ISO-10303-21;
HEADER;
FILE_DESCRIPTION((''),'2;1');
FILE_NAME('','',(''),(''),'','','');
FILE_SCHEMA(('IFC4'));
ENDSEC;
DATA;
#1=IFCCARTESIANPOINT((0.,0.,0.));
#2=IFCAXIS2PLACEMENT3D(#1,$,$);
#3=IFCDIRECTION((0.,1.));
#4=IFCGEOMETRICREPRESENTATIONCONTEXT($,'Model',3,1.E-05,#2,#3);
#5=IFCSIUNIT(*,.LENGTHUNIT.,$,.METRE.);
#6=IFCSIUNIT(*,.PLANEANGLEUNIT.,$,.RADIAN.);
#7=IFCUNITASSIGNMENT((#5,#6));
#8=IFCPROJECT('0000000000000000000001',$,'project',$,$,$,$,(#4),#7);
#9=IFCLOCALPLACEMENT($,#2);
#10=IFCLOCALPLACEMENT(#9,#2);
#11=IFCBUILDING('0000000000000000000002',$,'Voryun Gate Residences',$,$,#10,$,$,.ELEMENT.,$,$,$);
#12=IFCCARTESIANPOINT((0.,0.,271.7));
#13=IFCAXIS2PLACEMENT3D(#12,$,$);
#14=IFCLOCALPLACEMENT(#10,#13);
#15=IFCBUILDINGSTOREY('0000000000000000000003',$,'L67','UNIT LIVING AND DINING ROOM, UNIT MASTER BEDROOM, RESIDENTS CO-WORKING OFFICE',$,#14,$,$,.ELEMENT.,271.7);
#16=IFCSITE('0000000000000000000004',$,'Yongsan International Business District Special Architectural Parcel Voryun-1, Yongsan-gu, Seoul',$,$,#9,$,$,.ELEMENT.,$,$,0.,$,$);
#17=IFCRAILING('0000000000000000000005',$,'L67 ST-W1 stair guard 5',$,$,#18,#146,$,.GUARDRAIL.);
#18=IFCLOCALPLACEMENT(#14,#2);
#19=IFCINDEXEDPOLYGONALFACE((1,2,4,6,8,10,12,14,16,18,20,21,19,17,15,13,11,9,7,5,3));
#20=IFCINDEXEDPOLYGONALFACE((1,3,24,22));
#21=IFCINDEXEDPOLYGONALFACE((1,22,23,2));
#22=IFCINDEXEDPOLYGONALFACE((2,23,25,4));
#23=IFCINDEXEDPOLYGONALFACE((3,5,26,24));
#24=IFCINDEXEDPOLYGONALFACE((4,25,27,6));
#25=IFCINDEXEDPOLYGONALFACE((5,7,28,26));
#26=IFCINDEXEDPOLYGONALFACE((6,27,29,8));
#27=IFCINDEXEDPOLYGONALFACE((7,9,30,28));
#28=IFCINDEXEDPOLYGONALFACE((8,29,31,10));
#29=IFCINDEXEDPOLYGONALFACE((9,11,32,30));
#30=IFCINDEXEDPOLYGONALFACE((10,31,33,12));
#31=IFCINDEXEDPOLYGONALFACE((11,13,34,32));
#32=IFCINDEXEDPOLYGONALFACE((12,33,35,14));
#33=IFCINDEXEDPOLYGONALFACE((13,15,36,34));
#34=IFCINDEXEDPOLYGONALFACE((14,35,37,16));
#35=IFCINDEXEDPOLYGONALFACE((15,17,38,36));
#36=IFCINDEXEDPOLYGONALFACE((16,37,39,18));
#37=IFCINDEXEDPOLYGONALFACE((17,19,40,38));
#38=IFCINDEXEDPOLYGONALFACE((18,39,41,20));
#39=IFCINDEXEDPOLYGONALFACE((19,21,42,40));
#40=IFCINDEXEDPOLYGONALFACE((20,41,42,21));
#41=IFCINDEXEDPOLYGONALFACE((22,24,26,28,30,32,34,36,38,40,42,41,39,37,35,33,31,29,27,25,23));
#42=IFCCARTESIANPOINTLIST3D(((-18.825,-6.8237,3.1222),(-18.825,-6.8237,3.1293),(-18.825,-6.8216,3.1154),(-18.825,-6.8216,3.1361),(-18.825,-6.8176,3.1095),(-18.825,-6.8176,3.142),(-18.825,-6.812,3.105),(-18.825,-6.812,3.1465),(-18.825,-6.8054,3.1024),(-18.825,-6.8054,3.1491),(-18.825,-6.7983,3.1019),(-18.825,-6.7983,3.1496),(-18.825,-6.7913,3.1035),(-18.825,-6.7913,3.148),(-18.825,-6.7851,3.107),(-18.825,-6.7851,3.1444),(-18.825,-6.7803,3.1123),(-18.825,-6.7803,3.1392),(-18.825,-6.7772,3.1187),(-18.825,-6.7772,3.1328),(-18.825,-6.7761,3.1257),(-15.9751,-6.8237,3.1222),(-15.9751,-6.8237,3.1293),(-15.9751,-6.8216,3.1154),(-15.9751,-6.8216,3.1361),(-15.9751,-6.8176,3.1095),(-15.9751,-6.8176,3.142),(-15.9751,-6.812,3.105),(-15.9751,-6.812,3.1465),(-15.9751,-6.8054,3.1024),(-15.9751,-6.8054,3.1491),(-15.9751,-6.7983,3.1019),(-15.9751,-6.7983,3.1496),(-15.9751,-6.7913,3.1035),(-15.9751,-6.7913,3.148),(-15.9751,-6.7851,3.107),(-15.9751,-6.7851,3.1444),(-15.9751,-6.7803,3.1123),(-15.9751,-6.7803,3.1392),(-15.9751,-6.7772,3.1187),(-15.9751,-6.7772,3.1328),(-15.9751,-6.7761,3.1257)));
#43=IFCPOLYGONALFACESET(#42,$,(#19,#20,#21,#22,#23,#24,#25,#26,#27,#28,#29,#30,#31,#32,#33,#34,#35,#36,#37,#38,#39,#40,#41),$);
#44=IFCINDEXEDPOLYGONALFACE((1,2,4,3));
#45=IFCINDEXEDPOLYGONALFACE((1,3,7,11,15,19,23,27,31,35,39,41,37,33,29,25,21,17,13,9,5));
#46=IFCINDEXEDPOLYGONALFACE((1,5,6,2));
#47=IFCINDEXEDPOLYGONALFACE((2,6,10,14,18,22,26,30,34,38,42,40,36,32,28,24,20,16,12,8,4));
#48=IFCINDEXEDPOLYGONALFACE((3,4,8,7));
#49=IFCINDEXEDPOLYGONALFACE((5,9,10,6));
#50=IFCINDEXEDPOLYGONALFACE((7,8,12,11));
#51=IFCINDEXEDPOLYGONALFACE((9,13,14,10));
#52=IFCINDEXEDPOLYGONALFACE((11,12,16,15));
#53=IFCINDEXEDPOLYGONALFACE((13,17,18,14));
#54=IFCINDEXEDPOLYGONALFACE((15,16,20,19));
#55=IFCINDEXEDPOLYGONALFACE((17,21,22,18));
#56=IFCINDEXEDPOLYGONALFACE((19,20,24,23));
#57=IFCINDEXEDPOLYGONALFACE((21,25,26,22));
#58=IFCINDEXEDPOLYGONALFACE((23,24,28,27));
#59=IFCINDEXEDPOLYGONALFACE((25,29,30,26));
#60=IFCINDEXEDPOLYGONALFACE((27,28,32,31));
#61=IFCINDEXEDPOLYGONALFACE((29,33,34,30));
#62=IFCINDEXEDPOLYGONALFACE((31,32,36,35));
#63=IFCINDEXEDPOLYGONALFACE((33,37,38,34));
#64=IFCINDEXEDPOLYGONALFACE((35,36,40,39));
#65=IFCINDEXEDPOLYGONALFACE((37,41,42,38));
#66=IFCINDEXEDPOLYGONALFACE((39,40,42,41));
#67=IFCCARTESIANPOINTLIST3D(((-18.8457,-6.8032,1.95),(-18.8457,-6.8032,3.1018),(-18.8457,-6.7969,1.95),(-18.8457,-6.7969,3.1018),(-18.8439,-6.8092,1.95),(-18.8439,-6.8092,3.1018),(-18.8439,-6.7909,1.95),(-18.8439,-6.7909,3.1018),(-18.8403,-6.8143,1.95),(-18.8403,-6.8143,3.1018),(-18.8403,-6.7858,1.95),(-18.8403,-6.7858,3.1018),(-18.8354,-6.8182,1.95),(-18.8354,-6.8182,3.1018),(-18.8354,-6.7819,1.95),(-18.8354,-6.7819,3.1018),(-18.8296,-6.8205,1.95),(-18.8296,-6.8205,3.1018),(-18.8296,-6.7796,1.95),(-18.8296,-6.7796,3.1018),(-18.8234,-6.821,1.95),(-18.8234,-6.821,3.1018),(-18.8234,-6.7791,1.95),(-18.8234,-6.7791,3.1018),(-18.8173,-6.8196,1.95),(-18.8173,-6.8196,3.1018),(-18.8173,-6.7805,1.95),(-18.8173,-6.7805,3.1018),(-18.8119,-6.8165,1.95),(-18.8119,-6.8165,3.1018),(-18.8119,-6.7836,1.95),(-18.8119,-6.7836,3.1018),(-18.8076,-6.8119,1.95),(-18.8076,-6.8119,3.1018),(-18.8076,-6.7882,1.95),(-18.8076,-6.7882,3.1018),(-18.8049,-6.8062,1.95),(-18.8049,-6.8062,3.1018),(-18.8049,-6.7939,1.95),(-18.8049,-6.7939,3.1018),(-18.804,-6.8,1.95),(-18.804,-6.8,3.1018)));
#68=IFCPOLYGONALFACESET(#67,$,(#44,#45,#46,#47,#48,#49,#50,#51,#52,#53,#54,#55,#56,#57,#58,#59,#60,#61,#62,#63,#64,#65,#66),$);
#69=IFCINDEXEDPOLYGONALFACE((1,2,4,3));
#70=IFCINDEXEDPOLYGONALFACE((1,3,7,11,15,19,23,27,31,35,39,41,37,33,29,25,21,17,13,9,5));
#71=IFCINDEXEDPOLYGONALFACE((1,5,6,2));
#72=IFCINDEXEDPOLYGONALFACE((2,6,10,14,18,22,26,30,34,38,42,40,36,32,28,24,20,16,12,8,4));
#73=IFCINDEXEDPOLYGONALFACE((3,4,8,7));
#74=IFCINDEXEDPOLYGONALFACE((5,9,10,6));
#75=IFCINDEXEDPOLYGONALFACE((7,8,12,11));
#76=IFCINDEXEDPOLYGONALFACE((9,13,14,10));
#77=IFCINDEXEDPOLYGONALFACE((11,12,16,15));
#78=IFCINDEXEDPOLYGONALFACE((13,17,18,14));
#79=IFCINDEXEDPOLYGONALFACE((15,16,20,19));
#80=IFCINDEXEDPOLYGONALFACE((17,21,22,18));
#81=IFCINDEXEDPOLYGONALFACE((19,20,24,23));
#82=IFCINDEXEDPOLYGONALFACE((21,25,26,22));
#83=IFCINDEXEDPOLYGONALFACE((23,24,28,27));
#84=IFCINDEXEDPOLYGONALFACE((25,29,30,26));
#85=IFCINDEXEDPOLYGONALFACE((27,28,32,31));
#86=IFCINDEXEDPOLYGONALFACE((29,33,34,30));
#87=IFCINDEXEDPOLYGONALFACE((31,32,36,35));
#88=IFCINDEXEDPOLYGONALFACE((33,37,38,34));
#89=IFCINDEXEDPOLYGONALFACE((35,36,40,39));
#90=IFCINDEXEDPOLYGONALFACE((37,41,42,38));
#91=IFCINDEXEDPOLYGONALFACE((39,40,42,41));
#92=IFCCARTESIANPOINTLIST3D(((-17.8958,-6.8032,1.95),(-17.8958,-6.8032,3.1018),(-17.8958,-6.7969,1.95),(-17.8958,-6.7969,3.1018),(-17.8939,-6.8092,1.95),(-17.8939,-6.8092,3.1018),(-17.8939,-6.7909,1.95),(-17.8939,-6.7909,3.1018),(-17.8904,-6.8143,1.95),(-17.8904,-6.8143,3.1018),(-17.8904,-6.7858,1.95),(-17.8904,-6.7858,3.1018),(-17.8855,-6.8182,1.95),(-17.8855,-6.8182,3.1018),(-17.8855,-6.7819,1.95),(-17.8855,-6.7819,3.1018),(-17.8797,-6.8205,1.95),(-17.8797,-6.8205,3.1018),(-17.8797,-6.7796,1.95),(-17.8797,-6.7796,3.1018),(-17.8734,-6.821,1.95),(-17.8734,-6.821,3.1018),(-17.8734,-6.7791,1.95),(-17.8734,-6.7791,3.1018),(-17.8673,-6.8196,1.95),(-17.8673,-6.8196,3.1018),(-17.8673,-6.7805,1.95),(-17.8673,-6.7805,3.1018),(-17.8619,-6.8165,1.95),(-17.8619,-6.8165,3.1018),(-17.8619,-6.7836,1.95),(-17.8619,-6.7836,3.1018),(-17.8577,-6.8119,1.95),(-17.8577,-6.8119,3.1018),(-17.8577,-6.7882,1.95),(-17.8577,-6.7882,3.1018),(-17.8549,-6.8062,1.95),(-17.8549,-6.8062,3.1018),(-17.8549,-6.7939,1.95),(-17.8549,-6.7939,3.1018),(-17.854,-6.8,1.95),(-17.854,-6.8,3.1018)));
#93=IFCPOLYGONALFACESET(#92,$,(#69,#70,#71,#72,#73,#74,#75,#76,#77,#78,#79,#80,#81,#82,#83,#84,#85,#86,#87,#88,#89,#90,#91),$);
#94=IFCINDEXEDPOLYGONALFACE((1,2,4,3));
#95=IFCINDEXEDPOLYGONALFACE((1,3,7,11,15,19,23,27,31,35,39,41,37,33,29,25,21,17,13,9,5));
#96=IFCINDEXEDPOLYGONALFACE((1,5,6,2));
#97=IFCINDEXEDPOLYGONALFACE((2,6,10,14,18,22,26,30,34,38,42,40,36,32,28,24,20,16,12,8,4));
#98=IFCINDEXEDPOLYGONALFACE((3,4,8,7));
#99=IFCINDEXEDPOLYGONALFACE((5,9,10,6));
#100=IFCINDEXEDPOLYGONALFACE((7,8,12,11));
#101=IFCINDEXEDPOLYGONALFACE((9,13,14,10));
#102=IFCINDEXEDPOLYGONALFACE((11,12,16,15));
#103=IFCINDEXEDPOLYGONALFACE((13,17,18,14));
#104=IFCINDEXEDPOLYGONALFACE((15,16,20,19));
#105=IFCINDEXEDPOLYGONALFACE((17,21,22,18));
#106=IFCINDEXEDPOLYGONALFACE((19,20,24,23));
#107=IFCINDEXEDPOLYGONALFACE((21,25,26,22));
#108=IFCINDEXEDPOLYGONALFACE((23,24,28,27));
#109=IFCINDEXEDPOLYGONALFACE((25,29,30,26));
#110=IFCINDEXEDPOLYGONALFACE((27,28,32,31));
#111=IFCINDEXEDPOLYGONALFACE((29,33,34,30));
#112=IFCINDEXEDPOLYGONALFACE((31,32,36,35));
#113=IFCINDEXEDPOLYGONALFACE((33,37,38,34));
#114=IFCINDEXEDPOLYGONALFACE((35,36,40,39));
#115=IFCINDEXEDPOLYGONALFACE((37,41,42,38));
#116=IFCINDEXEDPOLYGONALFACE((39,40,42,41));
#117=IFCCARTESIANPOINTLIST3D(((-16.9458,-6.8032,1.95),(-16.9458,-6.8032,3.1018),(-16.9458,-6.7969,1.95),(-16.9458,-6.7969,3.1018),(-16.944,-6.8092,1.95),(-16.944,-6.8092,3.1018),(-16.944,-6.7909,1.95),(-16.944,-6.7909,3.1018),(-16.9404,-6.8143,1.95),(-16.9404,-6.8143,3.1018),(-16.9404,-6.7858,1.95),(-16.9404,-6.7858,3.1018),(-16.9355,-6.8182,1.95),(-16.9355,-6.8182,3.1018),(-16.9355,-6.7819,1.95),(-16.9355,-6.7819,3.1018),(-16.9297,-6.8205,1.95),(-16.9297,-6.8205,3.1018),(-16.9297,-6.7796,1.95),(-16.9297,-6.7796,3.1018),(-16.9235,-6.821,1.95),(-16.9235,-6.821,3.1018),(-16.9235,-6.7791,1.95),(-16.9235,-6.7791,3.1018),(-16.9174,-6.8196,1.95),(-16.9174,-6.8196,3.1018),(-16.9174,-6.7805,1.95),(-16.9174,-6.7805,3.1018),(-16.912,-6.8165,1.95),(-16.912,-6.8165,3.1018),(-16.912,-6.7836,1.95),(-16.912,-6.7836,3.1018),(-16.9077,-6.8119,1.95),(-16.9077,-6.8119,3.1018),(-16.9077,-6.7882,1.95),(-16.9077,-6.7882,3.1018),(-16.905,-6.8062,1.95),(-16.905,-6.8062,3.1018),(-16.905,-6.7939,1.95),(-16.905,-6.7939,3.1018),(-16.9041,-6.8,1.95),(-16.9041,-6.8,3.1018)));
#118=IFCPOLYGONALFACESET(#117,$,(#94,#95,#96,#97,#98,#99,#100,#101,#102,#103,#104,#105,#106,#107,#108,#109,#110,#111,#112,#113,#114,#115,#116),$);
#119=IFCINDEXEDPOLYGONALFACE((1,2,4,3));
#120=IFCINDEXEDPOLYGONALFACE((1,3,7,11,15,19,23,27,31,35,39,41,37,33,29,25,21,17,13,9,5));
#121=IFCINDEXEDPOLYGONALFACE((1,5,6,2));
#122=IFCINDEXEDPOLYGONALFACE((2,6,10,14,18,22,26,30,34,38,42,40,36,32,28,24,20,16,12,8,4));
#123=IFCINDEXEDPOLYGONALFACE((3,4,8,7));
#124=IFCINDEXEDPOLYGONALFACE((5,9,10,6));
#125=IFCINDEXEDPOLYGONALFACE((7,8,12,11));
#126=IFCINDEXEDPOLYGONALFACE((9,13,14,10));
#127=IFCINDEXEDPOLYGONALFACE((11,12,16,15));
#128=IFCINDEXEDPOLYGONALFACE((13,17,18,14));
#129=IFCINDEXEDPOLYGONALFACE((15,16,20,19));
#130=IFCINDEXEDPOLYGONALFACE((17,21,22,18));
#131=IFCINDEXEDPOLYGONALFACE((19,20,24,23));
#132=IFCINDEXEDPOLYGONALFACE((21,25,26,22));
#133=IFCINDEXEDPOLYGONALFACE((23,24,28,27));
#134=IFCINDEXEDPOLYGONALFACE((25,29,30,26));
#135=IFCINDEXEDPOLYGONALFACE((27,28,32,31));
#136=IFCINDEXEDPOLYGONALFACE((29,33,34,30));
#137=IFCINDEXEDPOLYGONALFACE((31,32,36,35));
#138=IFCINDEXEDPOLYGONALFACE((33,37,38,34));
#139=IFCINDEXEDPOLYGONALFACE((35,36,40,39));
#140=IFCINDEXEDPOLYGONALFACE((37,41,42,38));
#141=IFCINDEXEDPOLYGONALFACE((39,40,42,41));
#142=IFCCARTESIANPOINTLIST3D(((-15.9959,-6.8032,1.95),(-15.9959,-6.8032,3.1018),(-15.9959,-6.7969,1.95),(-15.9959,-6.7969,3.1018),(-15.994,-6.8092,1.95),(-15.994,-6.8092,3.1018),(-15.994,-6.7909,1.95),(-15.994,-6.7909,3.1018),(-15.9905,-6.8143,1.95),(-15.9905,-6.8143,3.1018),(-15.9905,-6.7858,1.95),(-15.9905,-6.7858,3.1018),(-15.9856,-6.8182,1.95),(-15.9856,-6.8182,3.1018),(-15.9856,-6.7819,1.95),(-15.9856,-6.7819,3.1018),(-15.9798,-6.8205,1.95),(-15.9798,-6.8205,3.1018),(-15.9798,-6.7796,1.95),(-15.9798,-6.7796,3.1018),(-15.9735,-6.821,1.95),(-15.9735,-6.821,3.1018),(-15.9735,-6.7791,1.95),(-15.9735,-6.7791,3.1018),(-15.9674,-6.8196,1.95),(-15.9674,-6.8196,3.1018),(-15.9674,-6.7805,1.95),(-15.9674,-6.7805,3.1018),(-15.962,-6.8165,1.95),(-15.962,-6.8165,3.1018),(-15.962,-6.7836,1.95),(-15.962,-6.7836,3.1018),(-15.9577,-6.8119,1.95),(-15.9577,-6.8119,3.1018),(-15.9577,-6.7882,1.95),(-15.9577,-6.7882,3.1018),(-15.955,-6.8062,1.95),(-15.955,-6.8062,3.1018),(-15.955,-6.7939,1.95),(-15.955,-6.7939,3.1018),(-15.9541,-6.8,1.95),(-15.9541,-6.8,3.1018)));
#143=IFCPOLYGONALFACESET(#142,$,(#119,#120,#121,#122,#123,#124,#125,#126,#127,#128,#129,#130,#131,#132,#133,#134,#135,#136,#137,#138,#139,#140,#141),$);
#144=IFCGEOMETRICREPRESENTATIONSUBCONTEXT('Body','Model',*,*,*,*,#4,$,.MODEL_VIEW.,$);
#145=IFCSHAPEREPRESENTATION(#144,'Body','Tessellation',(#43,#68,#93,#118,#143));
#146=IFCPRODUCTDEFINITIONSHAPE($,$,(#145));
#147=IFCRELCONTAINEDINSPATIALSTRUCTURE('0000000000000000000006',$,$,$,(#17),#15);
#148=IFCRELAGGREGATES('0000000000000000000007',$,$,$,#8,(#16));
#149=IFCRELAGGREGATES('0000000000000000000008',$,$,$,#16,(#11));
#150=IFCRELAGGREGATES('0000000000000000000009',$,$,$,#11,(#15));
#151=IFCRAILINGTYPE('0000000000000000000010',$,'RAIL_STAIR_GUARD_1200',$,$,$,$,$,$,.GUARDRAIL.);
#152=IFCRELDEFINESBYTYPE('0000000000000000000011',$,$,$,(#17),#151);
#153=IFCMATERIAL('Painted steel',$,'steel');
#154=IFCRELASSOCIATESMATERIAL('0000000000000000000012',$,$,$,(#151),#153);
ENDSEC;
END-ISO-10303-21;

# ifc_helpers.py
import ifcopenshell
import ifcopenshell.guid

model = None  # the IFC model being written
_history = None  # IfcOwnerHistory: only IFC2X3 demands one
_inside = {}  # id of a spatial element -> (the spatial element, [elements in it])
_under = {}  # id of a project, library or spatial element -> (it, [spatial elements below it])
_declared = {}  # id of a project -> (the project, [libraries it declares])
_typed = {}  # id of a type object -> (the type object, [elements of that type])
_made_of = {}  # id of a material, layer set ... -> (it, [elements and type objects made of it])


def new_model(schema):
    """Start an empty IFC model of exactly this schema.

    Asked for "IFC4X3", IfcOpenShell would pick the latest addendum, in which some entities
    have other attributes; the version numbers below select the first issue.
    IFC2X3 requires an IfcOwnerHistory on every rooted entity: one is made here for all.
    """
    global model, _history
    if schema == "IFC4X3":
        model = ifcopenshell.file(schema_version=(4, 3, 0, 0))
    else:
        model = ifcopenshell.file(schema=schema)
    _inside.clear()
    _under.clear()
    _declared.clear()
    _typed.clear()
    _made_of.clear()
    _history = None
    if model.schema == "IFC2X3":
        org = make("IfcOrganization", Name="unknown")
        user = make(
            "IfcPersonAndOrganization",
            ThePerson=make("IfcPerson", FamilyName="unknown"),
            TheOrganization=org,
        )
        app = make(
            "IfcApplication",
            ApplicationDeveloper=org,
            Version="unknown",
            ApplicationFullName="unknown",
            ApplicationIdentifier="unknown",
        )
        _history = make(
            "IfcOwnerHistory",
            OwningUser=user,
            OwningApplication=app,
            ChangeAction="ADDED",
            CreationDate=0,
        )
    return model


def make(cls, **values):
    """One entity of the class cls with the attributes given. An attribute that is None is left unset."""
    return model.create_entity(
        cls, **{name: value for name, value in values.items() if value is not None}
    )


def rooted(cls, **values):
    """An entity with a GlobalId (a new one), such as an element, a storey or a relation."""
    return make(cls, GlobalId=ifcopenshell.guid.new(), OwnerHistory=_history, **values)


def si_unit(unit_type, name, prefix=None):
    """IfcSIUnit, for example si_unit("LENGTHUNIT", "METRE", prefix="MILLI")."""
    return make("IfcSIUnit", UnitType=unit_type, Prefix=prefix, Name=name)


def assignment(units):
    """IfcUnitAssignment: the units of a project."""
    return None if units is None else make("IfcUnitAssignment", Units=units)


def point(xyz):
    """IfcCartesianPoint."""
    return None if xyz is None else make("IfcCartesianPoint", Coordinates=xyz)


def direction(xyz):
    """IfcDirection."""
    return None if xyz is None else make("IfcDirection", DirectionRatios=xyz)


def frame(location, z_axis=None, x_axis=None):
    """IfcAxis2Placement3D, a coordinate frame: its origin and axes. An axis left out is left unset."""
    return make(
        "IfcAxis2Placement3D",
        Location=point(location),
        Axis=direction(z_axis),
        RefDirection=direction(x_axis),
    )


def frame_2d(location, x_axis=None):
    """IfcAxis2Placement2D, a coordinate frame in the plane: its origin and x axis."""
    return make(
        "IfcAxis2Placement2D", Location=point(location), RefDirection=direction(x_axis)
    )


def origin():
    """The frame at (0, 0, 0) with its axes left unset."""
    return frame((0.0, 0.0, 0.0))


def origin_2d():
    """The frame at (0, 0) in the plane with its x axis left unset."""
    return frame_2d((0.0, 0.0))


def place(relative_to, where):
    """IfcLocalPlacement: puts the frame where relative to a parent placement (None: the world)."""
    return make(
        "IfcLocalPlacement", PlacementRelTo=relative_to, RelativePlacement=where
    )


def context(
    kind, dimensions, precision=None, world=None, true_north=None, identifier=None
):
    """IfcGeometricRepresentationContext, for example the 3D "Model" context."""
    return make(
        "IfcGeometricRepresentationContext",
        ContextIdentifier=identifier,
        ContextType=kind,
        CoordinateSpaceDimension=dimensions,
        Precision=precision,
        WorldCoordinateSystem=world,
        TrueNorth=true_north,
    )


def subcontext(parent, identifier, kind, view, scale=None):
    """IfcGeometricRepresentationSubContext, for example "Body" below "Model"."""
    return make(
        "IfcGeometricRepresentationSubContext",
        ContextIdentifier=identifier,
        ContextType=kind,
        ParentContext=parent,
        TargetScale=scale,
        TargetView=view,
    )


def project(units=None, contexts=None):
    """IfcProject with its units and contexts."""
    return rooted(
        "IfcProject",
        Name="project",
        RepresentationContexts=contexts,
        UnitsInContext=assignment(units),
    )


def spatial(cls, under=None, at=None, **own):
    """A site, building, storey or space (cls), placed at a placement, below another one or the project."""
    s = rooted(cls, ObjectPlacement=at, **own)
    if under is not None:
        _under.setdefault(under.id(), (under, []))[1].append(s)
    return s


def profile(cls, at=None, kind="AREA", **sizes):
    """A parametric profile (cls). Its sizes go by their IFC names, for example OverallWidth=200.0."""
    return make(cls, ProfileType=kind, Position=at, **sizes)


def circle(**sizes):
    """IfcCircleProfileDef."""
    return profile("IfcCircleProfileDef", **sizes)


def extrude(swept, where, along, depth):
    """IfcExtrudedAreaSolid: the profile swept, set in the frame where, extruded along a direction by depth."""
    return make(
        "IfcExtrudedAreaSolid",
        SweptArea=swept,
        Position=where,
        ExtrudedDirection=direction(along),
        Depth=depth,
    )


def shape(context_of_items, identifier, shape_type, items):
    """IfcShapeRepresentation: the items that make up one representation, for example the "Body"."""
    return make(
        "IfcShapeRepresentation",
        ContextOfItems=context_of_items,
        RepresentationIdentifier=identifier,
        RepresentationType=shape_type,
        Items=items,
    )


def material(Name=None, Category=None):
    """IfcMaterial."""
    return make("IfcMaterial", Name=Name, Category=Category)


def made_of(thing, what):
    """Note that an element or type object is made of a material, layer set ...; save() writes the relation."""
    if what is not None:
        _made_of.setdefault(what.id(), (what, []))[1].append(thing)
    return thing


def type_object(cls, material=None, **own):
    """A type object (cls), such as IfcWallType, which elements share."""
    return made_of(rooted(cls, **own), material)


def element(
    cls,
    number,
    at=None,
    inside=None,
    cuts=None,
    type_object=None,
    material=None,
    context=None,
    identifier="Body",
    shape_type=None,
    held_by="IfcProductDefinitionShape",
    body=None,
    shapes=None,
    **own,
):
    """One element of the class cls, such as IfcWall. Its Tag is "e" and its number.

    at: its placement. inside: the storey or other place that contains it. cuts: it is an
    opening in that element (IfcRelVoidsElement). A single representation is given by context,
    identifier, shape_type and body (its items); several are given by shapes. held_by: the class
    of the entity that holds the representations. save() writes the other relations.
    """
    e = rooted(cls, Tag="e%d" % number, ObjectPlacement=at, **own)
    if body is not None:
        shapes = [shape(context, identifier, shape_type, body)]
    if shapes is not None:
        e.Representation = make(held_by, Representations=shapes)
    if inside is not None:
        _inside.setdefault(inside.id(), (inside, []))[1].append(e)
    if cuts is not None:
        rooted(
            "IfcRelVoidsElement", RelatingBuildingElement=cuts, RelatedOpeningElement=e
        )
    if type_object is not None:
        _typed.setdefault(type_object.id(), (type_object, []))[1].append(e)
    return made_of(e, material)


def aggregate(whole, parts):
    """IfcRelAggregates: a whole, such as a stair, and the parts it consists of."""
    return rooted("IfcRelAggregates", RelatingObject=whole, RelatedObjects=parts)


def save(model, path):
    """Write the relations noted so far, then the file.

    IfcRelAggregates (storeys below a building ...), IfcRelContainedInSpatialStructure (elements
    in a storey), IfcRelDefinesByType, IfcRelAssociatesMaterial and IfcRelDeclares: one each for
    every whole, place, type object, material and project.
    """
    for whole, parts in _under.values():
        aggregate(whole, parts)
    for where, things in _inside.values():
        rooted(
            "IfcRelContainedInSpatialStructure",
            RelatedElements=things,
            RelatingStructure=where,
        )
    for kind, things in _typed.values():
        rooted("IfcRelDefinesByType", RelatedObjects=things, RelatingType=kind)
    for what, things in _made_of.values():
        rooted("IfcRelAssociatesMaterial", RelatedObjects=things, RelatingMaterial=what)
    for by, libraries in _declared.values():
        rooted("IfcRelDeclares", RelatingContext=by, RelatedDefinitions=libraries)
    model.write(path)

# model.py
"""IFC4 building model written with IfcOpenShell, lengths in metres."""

from ifc_helpers import new_model, si_unit, direction, frame, origin, origin_2d, place, context, subcontext, project, spatial, circle, extrude, material, type_object, element, save


model = new_model("IFC4")

# Units and contexts
model_context = context("Model", 3, precision=1e-05, world=origin(), true_north=direction((0.0, 1.0)))
body_context = subcontext(model_context, "Body", "Model", "MODEL_VIEW")
ifc_project = project(units=[si_unit("LENGTHUNIT", "METRE"), si_unit("PLANEANGLEUNIT", "RADIAN")], contexts=[model_context])

# Site, building, storey
site_placement = place(None, origin())
site = spatial("IfcSite", under=ifc_project, at=site_placement, Name="Yongsan International Business District Special Architectural Parcel Voryun-1, Yongsan-gu, Seoul", CompositionType="ELEMENT", RefElevation=0.0)
building_placement = place(site_placement, origin())
building = spatial("IfcBuilding", under=site, at=building_placement, Name="Voryun Gate Residences", CompositionType="ELEMENT")
storey_placement = place(building_placement, frame((0.0, 0.0, 271.7)))
storey = spatial("IfcBuildingStorey", under=building, at=storey_placement, Name="L67", Description="UNIT LIVING AND DINING ROOM, UNIT MASTER BEDROOM, RESIDENTS CO-WORKING OFFICE", CompositionType="ELEMENT", Elevation=271.7)

# Railing
ifc_material_1 = material(Name="Painted steel", Category="steel")
railing_type_1 = type_object("IfcRailingType", Name="RAIL_STAIR_GUARD_1200", PredefinedType="GUARDRAIL", material=ifc_material_1)
railing_1_placement = place(storey_placement, frame((-18.825, -6.8, 1.95)))
element("IfcRailing", 1, at=railing_1_placement, inside=storey, type_object=railing_type_1, Name="L67 ST-W1 stair guard 5", PredefinedType="GUARDRAIL", context=body_context, shape_type="SweptSolid", body=[
    extrude(circle(Radius=0.0239, at=origin_2d()), frame((0.0, 0.0, 1.1758), z_axis=(1.0, 0.0, 0.0), x_axis=(0.0, 1.0, 0.0)), (0.0, 0.0, 1.0), 2.8499),
    extrude(circle(Radius=0.021, at=origin_2d()), origin(), (0.0, 0.0, 1.0), 1.1519),
    extrude(circle(Radius=0.021, at=origin_2d()), frame((0.95, 0.0, 0.0)), (0.0, 0.0, 1.0), 1.1519),
    extrude(circle(Radius=0.021, at=origin_2d()), frame((1.8999, 0.0, 0.0)), (0.0, 0.0, 1.0), 1.1519),
    extrude(circle(Radius=0.021, at=origin_2d()), frame((2.8499, 0.0, 0.0)), (0.0, 0.0, 1.0), 1.1519),
])

save(model, "model.ifc")
